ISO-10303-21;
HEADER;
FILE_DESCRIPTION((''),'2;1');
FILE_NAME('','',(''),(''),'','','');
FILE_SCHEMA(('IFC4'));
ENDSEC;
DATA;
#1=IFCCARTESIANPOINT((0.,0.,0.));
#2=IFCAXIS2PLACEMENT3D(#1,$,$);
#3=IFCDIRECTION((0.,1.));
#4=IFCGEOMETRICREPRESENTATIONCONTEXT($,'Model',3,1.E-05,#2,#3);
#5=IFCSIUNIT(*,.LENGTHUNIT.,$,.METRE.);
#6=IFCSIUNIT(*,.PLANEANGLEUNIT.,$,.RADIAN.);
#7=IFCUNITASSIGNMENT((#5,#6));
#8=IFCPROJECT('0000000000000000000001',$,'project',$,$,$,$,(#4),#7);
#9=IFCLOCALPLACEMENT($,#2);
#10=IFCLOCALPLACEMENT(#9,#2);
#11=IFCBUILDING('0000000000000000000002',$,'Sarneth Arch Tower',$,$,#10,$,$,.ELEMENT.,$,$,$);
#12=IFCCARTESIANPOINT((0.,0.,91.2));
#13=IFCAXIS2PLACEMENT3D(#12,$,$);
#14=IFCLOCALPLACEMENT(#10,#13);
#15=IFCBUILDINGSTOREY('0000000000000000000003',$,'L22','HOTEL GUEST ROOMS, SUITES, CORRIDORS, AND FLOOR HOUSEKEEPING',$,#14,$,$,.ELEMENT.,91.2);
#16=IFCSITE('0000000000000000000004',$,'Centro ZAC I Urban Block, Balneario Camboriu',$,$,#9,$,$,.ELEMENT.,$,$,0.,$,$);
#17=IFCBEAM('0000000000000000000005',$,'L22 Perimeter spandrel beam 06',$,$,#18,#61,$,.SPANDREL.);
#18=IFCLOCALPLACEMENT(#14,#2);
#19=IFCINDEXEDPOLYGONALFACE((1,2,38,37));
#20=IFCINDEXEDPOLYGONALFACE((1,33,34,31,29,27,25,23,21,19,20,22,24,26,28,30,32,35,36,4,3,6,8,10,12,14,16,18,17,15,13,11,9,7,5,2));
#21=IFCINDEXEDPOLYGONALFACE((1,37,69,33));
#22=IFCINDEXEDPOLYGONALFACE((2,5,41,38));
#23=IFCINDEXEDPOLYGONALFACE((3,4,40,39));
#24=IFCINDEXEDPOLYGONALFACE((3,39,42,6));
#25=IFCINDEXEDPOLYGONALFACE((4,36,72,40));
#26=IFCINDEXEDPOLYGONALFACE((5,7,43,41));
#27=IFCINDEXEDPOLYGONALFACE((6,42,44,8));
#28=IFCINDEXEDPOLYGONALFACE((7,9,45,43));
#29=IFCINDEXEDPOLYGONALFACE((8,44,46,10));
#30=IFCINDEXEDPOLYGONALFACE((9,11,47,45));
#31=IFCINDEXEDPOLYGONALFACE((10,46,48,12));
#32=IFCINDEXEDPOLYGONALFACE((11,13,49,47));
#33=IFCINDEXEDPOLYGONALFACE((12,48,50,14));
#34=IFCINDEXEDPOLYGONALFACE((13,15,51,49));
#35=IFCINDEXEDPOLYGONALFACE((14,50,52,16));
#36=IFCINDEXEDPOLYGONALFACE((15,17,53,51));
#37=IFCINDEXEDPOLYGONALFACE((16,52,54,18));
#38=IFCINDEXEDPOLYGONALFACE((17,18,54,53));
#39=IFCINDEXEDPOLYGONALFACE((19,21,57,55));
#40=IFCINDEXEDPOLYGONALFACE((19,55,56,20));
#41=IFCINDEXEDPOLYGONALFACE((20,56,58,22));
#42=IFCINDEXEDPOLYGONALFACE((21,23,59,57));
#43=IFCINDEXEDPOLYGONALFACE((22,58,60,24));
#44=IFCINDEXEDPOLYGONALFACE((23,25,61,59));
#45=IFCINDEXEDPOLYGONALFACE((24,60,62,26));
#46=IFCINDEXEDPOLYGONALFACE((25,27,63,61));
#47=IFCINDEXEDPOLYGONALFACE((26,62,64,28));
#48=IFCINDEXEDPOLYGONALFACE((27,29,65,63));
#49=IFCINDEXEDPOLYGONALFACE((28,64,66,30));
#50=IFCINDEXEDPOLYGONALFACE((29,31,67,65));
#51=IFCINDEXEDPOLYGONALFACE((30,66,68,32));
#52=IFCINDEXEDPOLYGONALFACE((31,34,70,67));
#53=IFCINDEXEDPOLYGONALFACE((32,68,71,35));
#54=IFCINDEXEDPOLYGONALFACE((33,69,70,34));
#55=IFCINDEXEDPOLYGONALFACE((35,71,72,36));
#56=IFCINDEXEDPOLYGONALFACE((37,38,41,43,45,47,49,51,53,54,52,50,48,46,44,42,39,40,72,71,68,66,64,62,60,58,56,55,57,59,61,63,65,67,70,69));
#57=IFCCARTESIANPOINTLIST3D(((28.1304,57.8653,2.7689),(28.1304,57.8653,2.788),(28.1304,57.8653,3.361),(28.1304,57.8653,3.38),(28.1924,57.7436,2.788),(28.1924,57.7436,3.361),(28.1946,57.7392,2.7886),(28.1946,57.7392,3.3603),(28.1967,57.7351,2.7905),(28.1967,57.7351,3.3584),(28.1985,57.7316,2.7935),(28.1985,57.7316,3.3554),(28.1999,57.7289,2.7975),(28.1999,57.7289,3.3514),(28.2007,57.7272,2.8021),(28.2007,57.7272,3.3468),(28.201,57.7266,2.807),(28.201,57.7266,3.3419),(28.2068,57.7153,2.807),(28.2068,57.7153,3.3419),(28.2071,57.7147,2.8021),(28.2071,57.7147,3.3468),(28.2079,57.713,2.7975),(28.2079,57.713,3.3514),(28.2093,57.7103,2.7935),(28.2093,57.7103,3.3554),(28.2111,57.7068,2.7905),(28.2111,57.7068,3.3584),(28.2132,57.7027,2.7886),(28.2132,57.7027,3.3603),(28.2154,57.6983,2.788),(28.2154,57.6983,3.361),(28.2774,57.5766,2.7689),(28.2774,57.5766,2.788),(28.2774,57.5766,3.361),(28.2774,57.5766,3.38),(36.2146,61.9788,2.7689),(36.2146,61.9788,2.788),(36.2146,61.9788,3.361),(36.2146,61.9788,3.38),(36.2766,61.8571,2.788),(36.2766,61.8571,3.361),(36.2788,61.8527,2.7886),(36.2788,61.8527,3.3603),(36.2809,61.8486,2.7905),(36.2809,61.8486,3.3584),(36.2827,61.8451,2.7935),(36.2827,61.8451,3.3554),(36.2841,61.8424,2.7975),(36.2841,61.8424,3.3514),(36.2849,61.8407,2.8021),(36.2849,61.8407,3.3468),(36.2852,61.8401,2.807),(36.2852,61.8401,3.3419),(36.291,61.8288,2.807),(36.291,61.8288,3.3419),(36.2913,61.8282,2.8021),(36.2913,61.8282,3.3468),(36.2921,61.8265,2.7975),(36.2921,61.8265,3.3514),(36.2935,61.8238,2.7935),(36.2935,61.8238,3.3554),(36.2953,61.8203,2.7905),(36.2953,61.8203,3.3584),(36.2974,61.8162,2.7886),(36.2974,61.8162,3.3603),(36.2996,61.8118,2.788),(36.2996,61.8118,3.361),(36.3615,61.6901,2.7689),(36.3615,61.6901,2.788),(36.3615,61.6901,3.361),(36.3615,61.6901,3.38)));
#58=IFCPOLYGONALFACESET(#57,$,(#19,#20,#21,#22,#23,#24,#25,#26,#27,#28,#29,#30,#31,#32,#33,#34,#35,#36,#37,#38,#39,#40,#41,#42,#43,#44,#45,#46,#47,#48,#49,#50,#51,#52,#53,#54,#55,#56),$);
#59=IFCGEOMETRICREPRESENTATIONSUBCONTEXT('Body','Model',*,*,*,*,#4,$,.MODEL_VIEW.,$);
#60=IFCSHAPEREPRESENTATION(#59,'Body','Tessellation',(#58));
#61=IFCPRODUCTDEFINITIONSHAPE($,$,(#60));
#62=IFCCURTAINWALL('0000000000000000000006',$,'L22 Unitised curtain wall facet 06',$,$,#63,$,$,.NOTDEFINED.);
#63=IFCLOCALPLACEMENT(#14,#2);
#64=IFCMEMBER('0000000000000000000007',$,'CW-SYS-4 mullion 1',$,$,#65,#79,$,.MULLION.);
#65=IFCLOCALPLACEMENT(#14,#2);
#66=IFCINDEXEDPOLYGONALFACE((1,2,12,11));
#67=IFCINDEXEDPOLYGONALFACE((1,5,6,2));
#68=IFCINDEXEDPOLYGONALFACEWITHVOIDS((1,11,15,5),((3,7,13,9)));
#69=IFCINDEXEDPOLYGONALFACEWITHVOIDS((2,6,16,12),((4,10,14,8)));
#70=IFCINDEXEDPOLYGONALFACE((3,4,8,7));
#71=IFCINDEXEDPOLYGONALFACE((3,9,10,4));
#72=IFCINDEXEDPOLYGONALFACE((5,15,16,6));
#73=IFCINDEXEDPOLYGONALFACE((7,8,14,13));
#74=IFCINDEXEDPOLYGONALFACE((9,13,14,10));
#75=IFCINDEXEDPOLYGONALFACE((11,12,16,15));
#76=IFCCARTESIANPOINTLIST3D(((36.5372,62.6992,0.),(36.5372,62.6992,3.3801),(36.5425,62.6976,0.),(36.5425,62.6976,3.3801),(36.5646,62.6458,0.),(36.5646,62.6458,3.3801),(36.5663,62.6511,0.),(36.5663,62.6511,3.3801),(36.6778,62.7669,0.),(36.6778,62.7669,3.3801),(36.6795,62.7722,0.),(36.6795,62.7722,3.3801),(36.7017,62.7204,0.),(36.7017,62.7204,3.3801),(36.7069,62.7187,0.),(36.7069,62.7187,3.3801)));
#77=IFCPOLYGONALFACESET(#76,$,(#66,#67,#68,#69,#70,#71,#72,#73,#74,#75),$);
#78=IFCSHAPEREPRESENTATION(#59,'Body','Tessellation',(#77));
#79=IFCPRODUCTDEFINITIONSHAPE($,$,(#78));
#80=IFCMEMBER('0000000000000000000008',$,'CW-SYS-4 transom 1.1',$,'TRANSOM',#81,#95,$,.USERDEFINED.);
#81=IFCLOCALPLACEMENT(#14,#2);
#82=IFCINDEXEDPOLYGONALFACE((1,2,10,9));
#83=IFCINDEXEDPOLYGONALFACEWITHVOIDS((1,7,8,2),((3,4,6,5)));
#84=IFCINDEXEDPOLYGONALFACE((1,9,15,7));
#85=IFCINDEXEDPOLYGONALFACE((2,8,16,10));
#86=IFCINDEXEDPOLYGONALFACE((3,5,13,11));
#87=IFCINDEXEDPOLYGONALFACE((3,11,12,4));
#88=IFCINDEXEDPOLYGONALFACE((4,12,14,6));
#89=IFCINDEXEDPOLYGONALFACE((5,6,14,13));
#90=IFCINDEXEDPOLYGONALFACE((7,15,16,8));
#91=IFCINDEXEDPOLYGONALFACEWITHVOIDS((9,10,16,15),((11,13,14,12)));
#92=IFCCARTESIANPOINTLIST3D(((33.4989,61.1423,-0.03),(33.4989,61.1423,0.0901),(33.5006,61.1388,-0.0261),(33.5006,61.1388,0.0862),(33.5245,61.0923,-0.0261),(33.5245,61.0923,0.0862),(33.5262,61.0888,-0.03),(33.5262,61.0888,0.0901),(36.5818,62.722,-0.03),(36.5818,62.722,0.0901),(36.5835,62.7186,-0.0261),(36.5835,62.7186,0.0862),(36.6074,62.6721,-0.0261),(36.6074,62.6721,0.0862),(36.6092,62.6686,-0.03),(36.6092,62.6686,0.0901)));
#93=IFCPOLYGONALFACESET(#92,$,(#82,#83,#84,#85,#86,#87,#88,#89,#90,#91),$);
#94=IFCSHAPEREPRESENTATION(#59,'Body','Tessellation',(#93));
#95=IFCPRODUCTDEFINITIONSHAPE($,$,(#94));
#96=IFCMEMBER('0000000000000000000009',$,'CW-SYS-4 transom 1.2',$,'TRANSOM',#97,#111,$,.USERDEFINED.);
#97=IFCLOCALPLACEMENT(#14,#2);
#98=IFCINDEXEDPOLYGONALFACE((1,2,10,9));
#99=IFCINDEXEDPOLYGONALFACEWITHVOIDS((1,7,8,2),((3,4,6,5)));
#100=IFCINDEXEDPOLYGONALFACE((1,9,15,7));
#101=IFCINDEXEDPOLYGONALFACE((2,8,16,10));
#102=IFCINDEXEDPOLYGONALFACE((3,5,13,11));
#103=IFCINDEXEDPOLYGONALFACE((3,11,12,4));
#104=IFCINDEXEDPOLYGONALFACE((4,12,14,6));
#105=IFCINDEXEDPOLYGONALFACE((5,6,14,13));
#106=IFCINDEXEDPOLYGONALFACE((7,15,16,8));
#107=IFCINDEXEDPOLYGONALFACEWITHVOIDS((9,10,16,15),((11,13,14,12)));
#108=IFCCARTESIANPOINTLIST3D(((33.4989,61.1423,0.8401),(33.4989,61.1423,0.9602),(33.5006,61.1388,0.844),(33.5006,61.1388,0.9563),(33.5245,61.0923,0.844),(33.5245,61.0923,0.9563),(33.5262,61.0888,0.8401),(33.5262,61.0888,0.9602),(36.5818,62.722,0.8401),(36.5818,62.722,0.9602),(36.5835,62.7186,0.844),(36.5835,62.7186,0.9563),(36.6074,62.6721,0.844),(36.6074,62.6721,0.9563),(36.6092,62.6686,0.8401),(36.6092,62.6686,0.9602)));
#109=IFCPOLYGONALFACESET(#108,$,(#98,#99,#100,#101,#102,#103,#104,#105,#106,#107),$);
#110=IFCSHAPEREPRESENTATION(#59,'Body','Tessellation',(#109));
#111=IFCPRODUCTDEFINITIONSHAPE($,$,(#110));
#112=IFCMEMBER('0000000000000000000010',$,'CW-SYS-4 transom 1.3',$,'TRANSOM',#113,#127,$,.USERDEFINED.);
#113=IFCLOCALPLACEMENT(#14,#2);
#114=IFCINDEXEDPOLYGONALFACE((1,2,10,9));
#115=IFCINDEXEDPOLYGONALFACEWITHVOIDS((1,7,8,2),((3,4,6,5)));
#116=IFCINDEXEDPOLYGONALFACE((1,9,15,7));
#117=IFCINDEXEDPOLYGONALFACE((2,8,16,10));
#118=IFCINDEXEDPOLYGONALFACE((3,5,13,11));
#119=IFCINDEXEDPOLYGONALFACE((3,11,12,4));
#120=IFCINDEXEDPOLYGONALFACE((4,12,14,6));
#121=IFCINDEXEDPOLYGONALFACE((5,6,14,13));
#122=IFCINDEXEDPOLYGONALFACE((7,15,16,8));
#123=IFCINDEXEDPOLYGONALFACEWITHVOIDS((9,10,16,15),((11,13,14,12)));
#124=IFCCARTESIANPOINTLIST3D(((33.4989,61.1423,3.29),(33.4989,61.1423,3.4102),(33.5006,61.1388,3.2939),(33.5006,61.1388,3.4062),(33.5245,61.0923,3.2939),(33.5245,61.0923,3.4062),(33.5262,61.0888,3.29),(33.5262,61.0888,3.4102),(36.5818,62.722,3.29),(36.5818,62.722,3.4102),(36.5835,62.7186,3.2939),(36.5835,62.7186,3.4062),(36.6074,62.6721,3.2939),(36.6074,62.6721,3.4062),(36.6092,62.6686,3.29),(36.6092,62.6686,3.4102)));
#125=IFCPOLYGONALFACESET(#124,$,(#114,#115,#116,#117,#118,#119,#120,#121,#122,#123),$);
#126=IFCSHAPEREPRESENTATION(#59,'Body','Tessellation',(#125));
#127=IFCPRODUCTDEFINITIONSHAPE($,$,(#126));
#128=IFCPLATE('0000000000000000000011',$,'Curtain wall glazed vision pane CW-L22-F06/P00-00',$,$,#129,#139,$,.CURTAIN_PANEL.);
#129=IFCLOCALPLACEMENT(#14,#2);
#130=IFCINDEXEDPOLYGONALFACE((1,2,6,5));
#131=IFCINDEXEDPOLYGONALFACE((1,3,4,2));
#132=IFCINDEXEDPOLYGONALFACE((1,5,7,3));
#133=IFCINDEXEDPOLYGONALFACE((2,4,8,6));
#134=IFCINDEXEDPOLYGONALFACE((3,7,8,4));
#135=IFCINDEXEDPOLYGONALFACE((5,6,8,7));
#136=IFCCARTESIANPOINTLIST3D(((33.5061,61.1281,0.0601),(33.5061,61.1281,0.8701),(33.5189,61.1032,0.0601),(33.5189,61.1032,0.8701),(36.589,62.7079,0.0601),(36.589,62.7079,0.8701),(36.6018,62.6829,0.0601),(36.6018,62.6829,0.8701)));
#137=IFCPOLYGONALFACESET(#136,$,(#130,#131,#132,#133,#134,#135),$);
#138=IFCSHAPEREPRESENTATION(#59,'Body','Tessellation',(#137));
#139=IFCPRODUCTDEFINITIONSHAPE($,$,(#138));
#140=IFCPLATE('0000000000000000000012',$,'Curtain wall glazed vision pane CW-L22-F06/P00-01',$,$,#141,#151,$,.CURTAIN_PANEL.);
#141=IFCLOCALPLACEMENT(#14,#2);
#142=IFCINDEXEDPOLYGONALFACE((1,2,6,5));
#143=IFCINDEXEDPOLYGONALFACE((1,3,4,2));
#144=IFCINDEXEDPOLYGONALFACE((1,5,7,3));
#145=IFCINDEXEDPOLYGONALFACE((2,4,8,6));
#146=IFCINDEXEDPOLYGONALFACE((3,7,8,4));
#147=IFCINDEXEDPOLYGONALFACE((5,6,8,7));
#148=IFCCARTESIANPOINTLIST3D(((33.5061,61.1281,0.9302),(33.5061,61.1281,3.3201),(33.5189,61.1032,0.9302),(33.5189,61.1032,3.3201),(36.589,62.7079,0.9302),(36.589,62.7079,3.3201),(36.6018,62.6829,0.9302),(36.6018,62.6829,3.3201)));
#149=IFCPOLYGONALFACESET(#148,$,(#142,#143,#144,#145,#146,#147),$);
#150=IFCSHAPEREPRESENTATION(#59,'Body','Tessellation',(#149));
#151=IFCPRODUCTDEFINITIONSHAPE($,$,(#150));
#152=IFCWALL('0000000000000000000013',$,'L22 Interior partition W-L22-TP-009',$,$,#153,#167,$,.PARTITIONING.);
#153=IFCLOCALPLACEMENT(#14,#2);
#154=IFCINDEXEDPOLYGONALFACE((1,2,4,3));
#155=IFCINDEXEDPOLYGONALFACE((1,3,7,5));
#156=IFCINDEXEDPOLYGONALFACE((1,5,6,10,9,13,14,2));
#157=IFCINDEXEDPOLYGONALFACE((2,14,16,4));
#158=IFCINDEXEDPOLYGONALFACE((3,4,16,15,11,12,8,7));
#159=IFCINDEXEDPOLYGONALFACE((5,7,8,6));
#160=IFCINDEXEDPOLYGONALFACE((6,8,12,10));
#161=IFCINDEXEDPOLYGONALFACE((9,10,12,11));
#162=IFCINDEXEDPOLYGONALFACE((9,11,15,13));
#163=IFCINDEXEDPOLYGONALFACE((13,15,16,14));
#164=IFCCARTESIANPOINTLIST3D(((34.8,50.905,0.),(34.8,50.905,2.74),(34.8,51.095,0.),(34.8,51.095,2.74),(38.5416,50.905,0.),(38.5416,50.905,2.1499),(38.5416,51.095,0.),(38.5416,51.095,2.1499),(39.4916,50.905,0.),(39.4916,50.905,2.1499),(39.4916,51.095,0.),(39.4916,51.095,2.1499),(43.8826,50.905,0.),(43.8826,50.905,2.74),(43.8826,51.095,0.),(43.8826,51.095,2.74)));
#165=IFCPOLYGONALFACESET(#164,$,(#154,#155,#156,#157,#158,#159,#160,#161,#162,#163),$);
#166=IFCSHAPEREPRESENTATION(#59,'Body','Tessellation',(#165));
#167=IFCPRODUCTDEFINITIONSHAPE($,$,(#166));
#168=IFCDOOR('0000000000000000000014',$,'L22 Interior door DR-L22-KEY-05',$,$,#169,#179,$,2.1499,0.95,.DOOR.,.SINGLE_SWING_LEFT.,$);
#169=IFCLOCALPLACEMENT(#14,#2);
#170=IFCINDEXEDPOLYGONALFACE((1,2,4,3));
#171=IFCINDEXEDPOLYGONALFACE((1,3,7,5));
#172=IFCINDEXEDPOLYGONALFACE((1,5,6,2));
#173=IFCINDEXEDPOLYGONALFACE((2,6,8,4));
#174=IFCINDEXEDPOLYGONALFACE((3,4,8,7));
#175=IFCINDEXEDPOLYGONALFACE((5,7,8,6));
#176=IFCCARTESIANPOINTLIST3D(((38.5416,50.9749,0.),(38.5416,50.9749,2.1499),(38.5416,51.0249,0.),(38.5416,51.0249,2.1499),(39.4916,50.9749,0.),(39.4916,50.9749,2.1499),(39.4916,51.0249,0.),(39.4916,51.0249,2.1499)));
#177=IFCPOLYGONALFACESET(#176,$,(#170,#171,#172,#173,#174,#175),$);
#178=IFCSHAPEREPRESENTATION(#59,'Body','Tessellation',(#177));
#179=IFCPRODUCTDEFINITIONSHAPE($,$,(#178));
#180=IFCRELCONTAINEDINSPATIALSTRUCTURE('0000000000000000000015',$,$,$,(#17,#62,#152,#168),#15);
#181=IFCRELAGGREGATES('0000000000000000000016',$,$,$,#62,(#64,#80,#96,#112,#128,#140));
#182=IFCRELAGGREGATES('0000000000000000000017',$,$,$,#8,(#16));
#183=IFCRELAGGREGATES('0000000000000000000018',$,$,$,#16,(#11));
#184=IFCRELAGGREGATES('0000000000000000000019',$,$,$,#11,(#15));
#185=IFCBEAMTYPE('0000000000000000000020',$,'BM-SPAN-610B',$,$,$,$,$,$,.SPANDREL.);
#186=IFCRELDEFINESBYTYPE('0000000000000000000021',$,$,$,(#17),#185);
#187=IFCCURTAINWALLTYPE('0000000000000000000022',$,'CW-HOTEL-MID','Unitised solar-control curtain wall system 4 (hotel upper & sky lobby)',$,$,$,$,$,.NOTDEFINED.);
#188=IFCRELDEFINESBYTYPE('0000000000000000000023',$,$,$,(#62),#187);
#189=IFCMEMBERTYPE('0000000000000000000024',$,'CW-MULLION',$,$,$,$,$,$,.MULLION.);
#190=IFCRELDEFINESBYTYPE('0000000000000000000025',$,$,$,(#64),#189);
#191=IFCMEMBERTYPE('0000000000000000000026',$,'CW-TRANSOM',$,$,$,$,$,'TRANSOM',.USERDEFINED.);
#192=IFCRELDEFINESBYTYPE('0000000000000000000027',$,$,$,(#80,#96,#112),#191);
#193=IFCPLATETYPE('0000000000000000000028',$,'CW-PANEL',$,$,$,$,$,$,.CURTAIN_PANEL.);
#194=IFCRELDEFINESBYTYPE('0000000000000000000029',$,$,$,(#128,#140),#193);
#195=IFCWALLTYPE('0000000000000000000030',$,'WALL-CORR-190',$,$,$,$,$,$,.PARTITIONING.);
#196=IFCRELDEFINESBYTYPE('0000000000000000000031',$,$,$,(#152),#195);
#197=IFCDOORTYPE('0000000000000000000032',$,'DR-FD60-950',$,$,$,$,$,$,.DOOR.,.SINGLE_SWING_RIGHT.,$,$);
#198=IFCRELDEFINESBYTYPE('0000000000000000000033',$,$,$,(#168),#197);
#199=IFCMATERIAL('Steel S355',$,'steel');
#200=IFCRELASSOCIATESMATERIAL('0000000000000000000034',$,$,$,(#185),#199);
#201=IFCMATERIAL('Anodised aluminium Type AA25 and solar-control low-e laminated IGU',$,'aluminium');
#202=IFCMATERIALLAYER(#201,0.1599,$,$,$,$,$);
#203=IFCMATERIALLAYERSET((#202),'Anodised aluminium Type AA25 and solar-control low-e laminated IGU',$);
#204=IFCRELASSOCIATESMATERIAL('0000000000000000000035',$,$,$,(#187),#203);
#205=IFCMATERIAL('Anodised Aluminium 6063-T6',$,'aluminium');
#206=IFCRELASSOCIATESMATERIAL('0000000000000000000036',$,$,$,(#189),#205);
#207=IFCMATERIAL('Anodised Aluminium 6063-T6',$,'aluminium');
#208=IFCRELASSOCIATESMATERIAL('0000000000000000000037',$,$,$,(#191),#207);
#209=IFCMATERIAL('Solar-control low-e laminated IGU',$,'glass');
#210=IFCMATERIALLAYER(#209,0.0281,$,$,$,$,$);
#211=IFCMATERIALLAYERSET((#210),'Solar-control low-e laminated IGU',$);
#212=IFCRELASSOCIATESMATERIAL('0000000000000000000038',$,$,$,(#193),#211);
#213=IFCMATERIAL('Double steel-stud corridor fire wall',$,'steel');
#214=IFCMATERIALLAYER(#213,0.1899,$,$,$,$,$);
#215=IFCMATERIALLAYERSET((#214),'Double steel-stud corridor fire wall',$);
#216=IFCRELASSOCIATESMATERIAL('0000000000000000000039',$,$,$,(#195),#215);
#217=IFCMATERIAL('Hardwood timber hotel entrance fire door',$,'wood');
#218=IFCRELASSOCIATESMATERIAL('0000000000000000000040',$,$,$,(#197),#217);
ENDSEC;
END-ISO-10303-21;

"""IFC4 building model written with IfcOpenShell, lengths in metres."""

from ifc_helpers import new_model, si_unit, direction, frame, frame_2d, origin, origin_2d, place, context, subcontext, project, spatial, rectangle, hollow_rectangle, i_section, extrude, material, layer, layer_set, material_profile, profile_set, type_object, element, fill, aggregate, save


model = new_model("IFC4")

# Units and contexts
model_context = context("Model", 3, precision=1e-05, world=origin(), true_north=direction((0.0, 1.0)))
body_context = subcontext(model_context, "Body", "Model", "MODEL_VIEW")
ifc_project = project(units=[si_unit("LENGTHUNIT", "METRE"), si_unit("PLANEANGLEUNIT", "RADIAN")], contexts=[model_context])

# Site, building, storey
site_placement = place(None, origin())
site = spatial("IfcSite", under=ifc_project, at=site_placement, Name="Centro ZAC I Urban Block, Balneario Camboriu", CompositionType="ELEMENT", RefElevation=0.0)
building_placement = place(site_placement, origin())
building = spatial("IfcBuilding", under=site, at=building_placement, Name="Sarneth Arch Tower", CompositionType="ELEMENT")
storey_placement = place(building_placement, frame((0.0, 0.0, 91.2)))
storey = spatial("IfcBuildingStorey", under=building, at=storey_placement, Name="L22", Description="HOTEL GUEST ROOMS, SUITES, CORRIDORS, AND FLOOR HOUSEKEEPING", CompositionType="ELEMENT", Elevation=91.2)

# Beam
ifc_material_1 = material(Name="Steel S355", Category="steel")
ifc_material_profile_1 = material_profile(ifc_material_1, i_section(OverallWidth=0.324, OverallDepth=0.6111, WebThickness=0.0127, FlangeThickness=0.019, FilletRadius=0.019, at=origin_2d()), Name="W610x155")
ifc_profile_set_1 = profile_set([ifc_material_profile_1], Name="Steel S355")
beam_type_1 = type_object("IfcBeamType", Name="BM-SPAN-610B", PredefinedType="SPANDREL", material=ifc_profile_set_1)
beam_1_placement = place(storey_placement, frame((36.2881, 61.8345, 3.0745), z_axis=(-0.891256, -0.453501, 0.0), x_axis=(0.453501, -0.891256, 0.0)))
element("IfcBeam", 1, at=beam_1_placement, inside=storey, type_object=beam_type_1, Name="L22 Perimeter spandrel beam 06", PredefinedType="SPANDREL", context=body_context, shape_type="SweptSolid", body=[
    extrude(i_section(OverallWidth=0.324, OverallDepth=0.6111, WebThickness=0.0127, FlangeThickness=0.019, FilletRadius=0.019, at=origin_2d()), origin(), (0.0, 0.0, 1.0), 9.0706),
])

# Curtain wall, members, plates
ifc_material_2 = material(Name="Anodised aluminium Type AA25 and solar-control low-e laminated IGU", Category="aluminium")
ifc_layer_1 = layer(ifc_material_2, 0.1599)
ifc_layer_set_1 = layer_set([ifc_layer_1], Name="Anodised aluminium Type AA25 and solar-control low-e laminated IGU")
curtain_wall_type = type_object("IfcCurtainWallType", Name="CW-HOTEL-MID", Description="Unitised solar-control curtain wall system 4 (hotel upper & sky lobby)", PredefinedType="NOTDEFINED", material=ifc_layer_set_1)
curtain_wall_placement = place(storey_placement, origin())
curtain_wall = element("IfcCurtainWall", 2, at=curtain_wall_placement, inside=storey, type_object=curtain_wall_type, Name="L22 Unitised curtain wall facet 06", PredefinedType="NOTDEFINED")
ifc_material_3 = material(Name="Anodised Aluminium 6063-T6", Category="aluminium")
ifc_material_profile_2 = material_profile(ifc_material_3, hollow_rectangle(XDim=0.0601, YDim=0.1599, WallThickness=0.0039, at=origin_2d()), Name="AL-MULL-160x60x4")
ifc_profile_set_2 = profile_set([ifc_material_profile_2], Name="Anodised Aluminium 6063-T6")
member_type_1 = type_object("IfcMemberType", Name="CW-MULLION", PredefinedType="MULLION", material=ifc_profile_set_2)
member_1_placement = place(storey_placement, frame((36.6221, 62.709, 0.0), z_axis=(0.0, 0.0, 1.0), x_axis=(0.456031, -0.889964, 0.0)))
member_1 = element("IfcMember", 3, at=member_1_placement, type_object=member_type_1, Name="CW-SYS-4 mullion 1", PredefinedType="MULLION", context=body_context, shape_type="SweptSolid", body=[
    extrude(hollow_rectangle(XDim=0.0601, YDim=0.1599, WallThickness=0.0039, at=origin_2d()), origin(), (0.0, 0.0, 1.0), 3.3801),
])
ifc_material_4 = material(Name="Anodised Aluminium 6063-T6", Category="aluminium")
ifc_material_profile_3 = material_profile(ifc_material_4, hollow_rectangle(XDim=0.0601, YDim=0.1201, WallThickness=0.0039, at=origin_2d()), Name="AL-TRAN-120x60x4")
ifc_profile_set_3 = profile_set([ifc_material_profile_3], Name="Anodised Aluminium 6063-T6")
member_type_2 = type_object("IfcMemberType", Name="CW-TRANSOM", ElementType="TRANSOM", PredefinedType="USERDEFINED", material=ifc_profile_set_3)
member_2_placement = place(storey_placement, frame((36.5955, 62.6953, 0.03), z_axis=(-0.889958, -0.456043, 0.0), x_axis=(0.456043, -0.889958, 0.0)))
member_2 = element("IfcMember", 4, at=member_2_placement, type_object=member_type_2, Name="CW-SYS-4 transom 1.1", ObjectType="TRANSOM", PredefinedType="USERDEFINED", context=body_context, shape_type="SweptSolid", body=[
    extrude(hollow_rectangle(XDim=0.0601, YDim=0.1201, WallThickness=0.0039, at=origin_2d()), origin(), (0.0, 0.0, 1.0), 3.4641),
])
member_3_placement = place(storey_placement, frame((36.5955, 62.6953, 0.9001), z_axis=(-0.889958, -0.456043, 0.0), x_axis=(0.456043, -0.889958, 0.0)))
member_3 = element("IfcMember", 5, at=member_3_placement, type_object=member_type_2, Name="CW-SYS-4 transom 1.2", ObjectType="TRANSOM", PredefinedType="USERDEFINED", context=body_context, shape_type="SweptSolid", body=[
    extrude(hollow_rectangle(XDim=0.0601, YDim=0.1201, WallThickness=0.0039, at=origin_2d()), origin(), (0.0, 0.0, 1.0), 3.4641),
])
member_4_placement = place(storey_placement, frame((36.5955, 62.6953, 3.3501), z_axis=(-0.889958, -0.456043, 0.0), x_axis=(0.456043, -0.889958, 0.0)))
member_4 = element("IfcMember", 6, at=member_4_placement, type_object=member_type_2, Name="CW-SYS-4 transom 1.3", ObjectType="TRANSOM", PredefinedType="USERDEFINED", context=body_context, shape_type="SweptSolid", body=[
    extrude(hollow_rectangle(XDim=0.0601, YDim=0.1201, WallThickness=0.0039, at=origin_2d()), origin(), (0.0, 0.0, 1.0), 3.4641),
])
ifc_material_5 = material(Name="Solar-control low-e laminated IGU", Category="glass")
ifc_layer_2 = layer(ifc_material_5, 0.0281)
ifc_layer_set_2 = layer_set([ifc_layer_2], Name="Solar-control low-e laminated IGU")
plate_type = type_object("IfcPlateType", Name="CW-PANEL", PredefinedType="CURTAIN_PANEL", material=ifc_layer_set_2)
plate_1_placement = place(storey_placement, frame((35.054, 61.9055, 0.0601), z_axis=(0.0, 0.0, 1.0), x_axis=(-0.889964, -0.456031, 0.0)))
plate_1 = element("IfcPlate", 7, at=plate_1_placement, type_object=plate_type, Name="Curtain wall glazed vision pane CW-L22-F06/P00-00", PredefinedType="CURTAIN_PANEL", context=body_context, shape_type="SweptSolid", body=[
    extrude(rectangle(XDim=3.4641, YDim=0.0281, at=origin_2d()), origin(), (0.0, 0.0, 1.0), 0.8101),
])
plate_2_placement = place(storey_placement, frame((35.054, 61.9055, 0.9302), z_axis=(0.0, 0.0, 1.0), x_axis=(-0.889964, -0.456031, 0.0)))
plate_2 = element("IfcPlate", 8, at=plate_2_placement, type_object=plate_type, Name="Curtain wall glazed vision pane CW-L22-F06/P00-01", PredefinedType="CURTAIN_PANEL", context=body_context, shape_type="SweptSolid", body=[
    extrude(rectangle(XDim=3.4641, YDim=0.0281, at=origin_2d()), origin(), (0.0, 0.0, 1.0), 2.3899),
])
aggregate(curtain_wall, [member_1, member_2, member_3, member_4, plate_1, plate_2])

# Wall, opening, door
ifc_material_6 = material(Name="Double steel-stud corridor fire wall", Category="steel")
ifc_layer_3 = layer(ifc_material_6, 0.1899)
ifc_layer_set_3 = layer_set([ifc_layer_3], Name="Double steel-stud corridor fire wall")
wall_type_1 = type_object("IfcWallType", Name="WALL-CORR-190", PredefinedType="PARTITIONING", material=ifc_layer_set_3)
wall_1_placement = place(storey_placement, frame((34.8, 51.0, 0.0), z_axis=(0.0, 0.0, 1.0), x_axis=(1.0, 0.0, 0.0)))
wall_1 = element("IfcWall", 9, at=wall_1_placement, inside=storey, type_object=wall_type_1, Name="L22 Interior partition W-L22-TP-009", PredefinedType="PARTITIONING", context=body_context, shape_type="SweptSolid", body=[
    extrude(rectangle(XDim=9.0825, YDim=0.1899, at=frame_2d((4.5413, 0.0))), origin(), (0.0, 0.0, 1.0), 2.74),
])
opening_1_placement = place(wall_1_placement, frame((3.7415, 0.0, 0.0)))
opening_1 = element("IfcOpeningElement", 10, at=opening_1_placement, cuts=wall_1, PredefinedType="OPENING", context=body_context, shape_type="SweptSolid", body=[
    extrude(rectangle(XDim=0.95, YDim=2.1499, at=frame_2d((0.4751, 1.075))), frame((0.0, 0.105, 0.0), z_axis=(0.0, -1.0, 0.0), x_axis=(1.0, 0.0, 0.0)), (0.0, 0.0, 1.0), 0.21),
])
ifc_material_7 = material(Name="Hardwood timber hotel entrance fire door", Category="wood")
door_type_1 = type_object("IfcDoorType", Name="DR-FD60-950", OperationType="SINGLE_SWING_RIGHT", PredefinedType="DOOR", material=ifc_material_7)
door_1_placement = place(opening_1_placement, origin())
door_1 = element("IfcDoor", 11, at=door_1_placement, inside=storey, type_object=door_type_1, Name="L22 Interior door DR-L22-KEY-05", OperationType="SINGLE_SWING_LEFT", OverallHeight=2.1499, OverallWidth=0.95, PredefinedType="DOOR", context=body_context, shape_type="SweptSolid", body=[
    extrude(rectangle(XDim=0.95, YDim=2.1499, at=frame_2d((0.4751, 1.075))), frame((0.0, 0.0249, 0.0), z_axis=(0.0, -1.0, 0.0), x_axis=(1.0, 0.0, 0.0)), (0.0, 0.0, 1.0), 0.05),
])
fill(opening_1, door_1)

save(model, "model.ifc")
